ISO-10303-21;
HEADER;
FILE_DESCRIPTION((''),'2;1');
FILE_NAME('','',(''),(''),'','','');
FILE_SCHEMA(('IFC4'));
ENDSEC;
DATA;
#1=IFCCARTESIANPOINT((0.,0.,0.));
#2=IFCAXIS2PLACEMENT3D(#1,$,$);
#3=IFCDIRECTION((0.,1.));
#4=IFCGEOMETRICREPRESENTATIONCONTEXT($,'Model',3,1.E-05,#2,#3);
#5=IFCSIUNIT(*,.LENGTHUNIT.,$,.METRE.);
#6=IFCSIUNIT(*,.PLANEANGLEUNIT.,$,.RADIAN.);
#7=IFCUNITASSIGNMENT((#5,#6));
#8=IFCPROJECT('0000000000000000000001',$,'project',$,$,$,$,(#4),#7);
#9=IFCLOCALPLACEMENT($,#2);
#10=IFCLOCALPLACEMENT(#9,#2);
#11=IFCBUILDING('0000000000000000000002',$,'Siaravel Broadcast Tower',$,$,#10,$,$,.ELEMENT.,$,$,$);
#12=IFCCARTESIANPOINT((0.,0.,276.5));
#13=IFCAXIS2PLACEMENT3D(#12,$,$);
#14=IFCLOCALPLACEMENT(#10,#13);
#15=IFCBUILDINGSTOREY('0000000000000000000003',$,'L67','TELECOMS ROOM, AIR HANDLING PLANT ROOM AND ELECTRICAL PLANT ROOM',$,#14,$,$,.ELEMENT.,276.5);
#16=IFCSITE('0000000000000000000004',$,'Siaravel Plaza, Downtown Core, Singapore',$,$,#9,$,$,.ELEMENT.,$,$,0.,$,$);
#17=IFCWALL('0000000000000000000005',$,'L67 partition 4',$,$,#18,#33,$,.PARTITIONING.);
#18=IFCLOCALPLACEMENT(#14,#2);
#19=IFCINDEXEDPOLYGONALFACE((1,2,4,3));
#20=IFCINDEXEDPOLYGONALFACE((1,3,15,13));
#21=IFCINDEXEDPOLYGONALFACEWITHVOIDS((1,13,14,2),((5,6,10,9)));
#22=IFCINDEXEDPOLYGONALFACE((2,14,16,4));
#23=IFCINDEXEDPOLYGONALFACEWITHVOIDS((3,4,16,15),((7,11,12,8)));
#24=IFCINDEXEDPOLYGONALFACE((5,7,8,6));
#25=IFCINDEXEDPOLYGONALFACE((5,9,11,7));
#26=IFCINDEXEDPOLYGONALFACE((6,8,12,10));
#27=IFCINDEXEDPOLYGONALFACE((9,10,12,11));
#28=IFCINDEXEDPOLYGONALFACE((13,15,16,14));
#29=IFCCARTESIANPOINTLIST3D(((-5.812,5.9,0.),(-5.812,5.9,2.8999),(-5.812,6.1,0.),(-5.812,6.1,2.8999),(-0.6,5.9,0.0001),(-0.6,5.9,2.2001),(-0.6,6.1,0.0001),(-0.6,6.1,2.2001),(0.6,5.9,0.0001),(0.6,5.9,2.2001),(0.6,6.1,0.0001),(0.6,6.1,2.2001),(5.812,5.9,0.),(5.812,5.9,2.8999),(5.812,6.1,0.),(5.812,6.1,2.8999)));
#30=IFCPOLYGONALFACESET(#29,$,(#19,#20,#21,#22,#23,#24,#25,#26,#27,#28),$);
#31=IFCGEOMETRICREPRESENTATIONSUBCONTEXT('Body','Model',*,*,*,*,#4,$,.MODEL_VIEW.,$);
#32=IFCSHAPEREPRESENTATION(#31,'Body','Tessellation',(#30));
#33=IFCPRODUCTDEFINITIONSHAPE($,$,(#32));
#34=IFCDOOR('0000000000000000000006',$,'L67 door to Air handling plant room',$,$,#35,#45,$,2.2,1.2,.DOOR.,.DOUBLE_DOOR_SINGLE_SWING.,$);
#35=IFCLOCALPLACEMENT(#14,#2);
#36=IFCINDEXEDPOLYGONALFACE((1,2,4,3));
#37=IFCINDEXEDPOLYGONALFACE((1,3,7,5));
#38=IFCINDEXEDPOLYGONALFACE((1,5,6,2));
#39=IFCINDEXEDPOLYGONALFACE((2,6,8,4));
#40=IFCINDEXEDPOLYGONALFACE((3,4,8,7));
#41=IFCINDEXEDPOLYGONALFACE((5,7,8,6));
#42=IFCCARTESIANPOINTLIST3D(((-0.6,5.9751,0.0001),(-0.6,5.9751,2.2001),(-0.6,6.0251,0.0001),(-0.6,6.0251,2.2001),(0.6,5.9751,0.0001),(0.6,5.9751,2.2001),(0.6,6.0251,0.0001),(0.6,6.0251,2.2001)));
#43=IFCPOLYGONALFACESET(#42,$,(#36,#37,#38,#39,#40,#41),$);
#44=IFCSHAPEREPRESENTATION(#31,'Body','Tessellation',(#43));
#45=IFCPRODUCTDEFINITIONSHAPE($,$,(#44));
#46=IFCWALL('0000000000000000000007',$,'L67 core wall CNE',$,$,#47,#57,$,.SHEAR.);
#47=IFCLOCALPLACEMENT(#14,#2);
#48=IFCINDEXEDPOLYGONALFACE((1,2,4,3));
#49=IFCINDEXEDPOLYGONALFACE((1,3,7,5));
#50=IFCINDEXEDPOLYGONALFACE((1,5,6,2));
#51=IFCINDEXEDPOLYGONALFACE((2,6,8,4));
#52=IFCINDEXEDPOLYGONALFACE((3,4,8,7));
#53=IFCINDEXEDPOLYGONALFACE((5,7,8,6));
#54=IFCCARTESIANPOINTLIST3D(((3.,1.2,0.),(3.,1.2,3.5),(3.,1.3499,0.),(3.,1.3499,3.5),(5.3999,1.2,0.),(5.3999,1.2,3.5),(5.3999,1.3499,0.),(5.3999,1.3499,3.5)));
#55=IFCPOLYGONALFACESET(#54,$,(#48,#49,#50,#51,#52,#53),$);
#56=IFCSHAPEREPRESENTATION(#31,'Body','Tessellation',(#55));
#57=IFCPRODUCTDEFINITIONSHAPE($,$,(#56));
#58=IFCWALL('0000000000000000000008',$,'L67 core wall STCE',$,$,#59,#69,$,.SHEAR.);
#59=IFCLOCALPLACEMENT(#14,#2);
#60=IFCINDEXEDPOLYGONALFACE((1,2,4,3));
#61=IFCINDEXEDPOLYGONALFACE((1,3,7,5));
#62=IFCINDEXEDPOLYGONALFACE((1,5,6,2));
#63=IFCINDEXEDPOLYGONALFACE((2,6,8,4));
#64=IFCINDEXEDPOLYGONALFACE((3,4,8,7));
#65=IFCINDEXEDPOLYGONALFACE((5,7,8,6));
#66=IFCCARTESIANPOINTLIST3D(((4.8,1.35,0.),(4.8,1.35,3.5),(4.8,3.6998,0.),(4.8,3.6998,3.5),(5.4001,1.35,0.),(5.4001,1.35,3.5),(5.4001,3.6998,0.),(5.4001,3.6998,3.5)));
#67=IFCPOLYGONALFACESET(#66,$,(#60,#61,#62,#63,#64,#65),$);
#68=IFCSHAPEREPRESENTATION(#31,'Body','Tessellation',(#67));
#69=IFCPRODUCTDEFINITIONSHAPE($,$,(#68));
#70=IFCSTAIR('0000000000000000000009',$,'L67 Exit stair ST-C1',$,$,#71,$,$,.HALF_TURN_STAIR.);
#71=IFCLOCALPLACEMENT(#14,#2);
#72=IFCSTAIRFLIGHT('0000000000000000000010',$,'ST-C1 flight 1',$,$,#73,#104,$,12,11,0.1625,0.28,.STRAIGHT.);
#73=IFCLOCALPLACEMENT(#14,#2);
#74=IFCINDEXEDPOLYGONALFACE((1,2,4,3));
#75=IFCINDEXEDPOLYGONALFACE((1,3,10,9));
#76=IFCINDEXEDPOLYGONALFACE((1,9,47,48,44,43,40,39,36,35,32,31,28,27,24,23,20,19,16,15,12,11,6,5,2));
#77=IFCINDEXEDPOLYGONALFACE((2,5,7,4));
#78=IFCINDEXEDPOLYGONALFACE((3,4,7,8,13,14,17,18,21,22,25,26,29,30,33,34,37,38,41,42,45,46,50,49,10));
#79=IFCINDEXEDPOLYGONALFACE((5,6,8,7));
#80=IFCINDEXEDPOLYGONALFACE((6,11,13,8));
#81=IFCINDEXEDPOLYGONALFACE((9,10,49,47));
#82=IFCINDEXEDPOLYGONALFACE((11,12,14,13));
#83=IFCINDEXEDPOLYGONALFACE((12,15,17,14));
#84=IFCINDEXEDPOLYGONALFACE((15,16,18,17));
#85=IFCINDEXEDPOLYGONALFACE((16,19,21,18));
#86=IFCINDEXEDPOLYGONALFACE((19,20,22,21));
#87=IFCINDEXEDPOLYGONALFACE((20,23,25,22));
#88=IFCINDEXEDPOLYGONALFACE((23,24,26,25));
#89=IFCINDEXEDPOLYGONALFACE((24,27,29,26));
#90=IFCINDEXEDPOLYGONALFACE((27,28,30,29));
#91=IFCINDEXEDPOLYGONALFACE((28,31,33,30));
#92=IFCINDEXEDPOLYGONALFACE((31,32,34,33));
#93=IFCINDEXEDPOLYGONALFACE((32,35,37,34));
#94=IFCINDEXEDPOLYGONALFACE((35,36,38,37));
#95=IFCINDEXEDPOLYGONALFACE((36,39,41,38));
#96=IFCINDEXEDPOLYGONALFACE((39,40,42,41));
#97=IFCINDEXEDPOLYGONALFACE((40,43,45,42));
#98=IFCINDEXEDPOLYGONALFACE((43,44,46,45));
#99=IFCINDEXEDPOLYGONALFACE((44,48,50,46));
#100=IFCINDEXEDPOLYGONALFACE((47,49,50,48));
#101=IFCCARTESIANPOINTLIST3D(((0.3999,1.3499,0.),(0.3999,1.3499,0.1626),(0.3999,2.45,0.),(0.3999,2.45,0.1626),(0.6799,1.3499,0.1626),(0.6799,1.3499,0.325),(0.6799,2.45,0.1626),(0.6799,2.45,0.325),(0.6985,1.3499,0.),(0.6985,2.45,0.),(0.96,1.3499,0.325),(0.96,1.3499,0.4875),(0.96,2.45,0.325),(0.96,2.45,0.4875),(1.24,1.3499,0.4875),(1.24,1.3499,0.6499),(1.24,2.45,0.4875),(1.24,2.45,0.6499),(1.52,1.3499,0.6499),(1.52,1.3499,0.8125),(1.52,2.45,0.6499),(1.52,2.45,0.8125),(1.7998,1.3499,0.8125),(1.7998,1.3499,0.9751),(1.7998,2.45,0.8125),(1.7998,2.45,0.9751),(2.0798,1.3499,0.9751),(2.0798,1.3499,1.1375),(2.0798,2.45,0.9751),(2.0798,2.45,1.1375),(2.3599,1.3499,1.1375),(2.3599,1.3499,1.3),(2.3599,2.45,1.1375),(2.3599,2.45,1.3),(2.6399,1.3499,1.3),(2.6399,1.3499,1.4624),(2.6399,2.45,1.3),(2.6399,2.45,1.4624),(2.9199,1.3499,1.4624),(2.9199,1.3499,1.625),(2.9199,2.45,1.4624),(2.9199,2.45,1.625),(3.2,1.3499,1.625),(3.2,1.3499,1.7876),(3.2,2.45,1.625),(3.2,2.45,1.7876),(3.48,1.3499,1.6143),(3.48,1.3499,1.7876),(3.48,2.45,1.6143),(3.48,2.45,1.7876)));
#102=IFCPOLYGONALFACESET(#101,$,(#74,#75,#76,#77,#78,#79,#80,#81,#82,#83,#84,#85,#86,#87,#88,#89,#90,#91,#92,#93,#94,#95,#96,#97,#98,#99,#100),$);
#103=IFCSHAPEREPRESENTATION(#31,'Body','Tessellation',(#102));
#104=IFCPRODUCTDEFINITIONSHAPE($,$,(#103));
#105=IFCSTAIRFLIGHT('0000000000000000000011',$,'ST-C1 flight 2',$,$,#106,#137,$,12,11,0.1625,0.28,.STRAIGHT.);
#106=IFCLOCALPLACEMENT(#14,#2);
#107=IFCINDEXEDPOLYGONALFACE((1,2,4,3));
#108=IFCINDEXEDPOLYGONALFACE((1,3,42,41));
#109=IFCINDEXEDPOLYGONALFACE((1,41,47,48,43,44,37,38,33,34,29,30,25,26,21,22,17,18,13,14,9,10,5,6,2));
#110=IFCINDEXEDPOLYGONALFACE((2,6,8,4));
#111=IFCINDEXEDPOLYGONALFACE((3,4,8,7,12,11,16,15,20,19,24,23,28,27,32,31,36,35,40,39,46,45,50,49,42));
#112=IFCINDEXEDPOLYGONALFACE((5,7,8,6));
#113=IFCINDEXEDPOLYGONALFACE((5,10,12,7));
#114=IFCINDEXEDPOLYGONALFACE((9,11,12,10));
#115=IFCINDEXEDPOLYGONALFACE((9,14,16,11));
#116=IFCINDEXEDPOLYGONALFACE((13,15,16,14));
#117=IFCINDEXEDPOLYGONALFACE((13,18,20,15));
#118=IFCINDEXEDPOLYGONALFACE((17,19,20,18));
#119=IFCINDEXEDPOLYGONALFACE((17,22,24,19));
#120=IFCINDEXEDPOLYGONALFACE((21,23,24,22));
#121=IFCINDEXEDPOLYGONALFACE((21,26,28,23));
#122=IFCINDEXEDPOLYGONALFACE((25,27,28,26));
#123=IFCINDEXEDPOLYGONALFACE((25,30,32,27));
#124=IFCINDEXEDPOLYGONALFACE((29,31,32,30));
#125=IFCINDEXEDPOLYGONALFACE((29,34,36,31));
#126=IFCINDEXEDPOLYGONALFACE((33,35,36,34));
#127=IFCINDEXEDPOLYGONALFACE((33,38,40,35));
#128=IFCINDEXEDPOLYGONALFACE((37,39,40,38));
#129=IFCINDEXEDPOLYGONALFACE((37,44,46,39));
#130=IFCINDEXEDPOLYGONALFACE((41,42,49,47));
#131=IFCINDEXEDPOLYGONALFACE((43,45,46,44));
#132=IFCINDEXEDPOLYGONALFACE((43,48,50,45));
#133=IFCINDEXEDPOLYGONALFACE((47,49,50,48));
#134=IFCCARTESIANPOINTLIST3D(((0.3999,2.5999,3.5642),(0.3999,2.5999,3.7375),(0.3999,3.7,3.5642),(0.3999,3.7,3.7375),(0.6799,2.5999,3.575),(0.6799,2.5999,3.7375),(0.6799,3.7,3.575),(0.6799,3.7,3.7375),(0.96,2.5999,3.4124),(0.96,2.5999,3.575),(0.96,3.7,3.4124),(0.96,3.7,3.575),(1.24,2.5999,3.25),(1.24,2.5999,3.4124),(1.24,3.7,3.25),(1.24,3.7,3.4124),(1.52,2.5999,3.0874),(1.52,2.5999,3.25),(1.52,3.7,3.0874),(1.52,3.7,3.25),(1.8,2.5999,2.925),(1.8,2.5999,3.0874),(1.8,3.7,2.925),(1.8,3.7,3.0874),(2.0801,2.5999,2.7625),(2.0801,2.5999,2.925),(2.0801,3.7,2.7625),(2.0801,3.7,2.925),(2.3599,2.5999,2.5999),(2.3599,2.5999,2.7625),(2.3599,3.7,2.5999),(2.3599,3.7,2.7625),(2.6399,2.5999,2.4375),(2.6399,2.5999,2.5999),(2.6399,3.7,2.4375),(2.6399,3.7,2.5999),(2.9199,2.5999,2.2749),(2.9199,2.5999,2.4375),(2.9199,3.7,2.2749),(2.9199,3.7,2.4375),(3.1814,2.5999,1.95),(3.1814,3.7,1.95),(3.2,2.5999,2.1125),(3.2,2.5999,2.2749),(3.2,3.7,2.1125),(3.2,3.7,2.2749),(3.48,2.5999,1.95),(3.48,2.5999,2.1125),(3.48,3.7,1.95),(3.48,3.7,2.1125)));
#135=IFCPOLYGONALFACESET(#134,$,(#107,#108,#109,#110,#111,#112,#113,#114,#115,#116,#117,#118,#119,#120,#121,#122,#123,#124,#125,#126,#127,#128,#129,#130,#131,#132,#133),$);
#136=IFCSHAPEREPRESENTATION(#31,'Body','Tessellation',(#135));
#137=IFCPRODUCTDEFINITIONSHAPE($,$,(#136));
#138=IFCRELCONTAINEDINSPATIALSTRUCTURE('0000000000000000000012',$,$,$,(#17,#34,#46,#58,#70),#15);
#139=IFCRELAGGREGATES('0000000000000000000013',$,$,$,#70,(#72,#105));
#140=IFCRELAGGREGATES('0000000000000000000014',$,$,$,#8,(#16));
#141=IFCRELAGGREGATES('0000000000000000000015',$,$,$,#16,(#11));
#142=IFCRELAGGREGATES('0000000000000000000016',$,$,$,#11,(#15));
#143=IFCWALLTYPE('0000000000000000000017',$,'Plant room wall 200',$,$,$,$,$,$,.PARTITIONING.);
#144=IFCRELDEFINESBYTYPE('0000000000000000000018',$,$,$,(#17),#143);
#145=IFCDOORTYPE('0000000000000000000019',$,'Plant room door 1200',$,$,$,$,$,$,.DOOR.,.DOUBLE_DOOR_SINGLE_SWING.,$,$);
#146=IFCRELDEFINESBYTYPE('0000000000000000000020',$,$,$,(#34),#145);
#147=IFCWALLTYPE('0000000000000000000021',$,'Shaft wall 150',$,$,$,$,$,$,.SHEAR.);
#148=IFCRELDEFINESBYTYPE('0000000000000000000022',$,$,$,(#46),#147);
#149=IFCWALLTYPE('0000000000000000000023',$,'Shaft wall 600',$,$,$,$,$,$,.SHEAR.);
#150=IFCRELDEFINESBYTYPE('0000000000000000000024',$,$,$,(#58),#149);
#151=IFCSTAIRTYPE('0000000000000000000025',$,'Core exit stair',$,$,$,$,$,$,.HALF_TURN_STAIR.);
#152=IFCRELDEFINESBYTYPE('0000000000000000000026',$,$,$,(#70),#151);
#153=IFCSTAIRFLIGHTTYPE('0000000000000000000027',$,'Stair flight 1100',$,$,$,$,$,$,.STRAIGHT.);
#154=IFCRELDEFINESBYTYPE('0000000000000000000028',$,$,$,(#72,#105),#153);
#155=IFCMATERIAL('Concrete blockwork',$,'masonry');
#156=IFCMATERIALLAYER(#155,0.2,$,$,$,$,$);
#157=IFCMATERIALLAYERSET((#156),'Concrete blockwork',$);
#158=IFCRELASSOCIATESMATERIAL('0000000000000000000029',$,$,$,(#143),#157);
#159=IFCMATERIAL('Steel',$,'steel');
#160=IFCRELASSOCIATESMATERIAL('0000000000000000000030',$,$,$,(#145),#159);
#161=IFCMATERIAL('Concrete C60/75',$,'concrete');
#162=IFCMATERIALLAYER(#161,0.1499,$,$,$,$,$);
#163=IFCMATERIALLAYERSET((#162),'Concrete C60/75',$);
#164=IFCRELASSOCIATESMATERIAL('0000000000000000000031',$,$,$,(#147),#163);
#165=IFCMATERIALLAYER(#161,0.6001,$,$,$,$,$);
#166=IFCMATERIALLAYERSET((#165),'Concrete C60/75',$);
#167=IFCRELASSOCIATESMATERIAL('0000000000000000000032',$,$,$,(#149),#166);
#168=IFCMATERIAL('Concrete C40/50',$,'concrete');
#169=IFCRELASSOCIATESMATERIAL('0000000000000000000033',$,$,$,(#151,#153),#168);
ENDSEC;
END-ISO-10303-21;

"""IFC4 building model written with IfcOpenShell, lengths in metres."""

from ifc_helpers import new_model, si_unit, direction, frame, frame_2d, origin, place, context, subcontext, project, spatial, polyline, rectangle, outline, extrude, material, layer, layer_set, type_object, element, fill, aggregate, save


model = new_model("IFC4")

# Units and contexts
model_context = context("Model", 3, precision=1e-05, world=origin(), true_north=direction((0.0, 1.0)))
body_context = subcontext(model_context, "Body", "Model", "MODEL_VIEW")
ifc_project = project(units=[si_unit("LENGTHUNIT", "METRE"), si_unit("PLANEANGLEUNIT", "RADIAN")], contexts=[model_context])

# Site, building, storey
site_placement = place(None, origin())
site = spatial("IfcSite", under=ifc_project, at=site_placement, Name="Siaravel Plaza, Downtown Core, Singapore", CompositionType="ELEMENT", RefElevation=0.0)
building_placement = place(site_placement, origin())
building = spatial("IfcBuilding", under=site, at=building_placement, Name="Siaravel Broadcast Tower", CompositionType="ELEMENT")
storey_placement = place(building_placement, frame((0.0, 0.0, 276.5)))
storey = spatial("IfcBuildingStorey", under=building, at=storey_placement, Name="L67", Description="TELECOMS ROOM, AIR HANDLING PLANT ROOM AND ELECTRICAL PLANT ROOM", CompositionType="ELEMENT", Elevation=276.5)

# Wall, opening, door
ifc_material_1 = material(Name="Concrete blockwork", Category="masonry")
ifc_layer_1 = layer(ifc_material_1, 0.2)
ifc_layer_set_1 = layer_set([ifc_layer_1], Name="Concrete blockwork")
wall_type_1 = type_object("IfcWallType", Name="Plant room wall 200", PredefinedType="PARTITIONING", material=ifc_layer_set_1)
wall_1_placement = place(storey_placement, frame((5.812, 6.0, 0.0), z_axis=(0.0, 0.0, 1.0), x_axis=(-1.0, 0.0, 0.0)))
wall_1 = element("IfcWall", 1, at=wall_1_placement, inside=storey, type_object=wall_type_1, Name="L67 partition 4", PredefinedType="PARTITIONING", context=body_context, shape_type="SweptSolid", body=[
    extrude(rectangle(XDim=11.624, YDim=0.2, at=frame_2d((5.812, 0.0))), origin(), (0.0, 0.0, 1.0), 2.8999),
])
opening_placement = place(wall_1_placement, frame((5.2119, 0.0, 0.0)))
opening = element("IfcOpeningElement", 2, at=opening_placement, cuts=wall_1, PredefinedType="OPENING", context=body_context, shape_type="SweptSolid", body=[
    extrude(rectangle(XDim=1.2, YDim=2.2, at=frame_2d((0.6001, 1.1001))), frame((0.0, 0.1099, 0.0), z_axis=(0.0, -1.0, 0.0), x_axis=(1.0, 0.0, 0.0)), (0.0, 0.0, 1.0), 0.22),
])
ifc_material_2 = material(Name="Steel", Category="steel")
door_type = type_object("IfcDoorType", Name="Plant room door 1200", OperationType="DOUBLE_DOOR_SINGLE_SWING", PredefinedType="DOOR", material=ifc_material_2)
door_placement = place(opening_placement, origin())
door = element("IfcDoor", 3, at=door_placement, inside=storey, type_object=door_type, Name="L67 door to Air handling plant room", OperationType="DOUBLE_DOOR_SINGLE_SWING", OverallHeight=2.2, OverallWidth=1.2, PredefinedType="DOOR", context=body_context, shape_type="SweptSolid", body=[
    extrude(rectangle(XDim=1.2, YDim=2.2, at=frame_2d((0.6001, 1.1001))), frame((0.0, 0.0249, 0.0), z_axis=(0.0, -1.0, 0.0), x_axis=(1.0, 0.0, 0.0)), (0.0, 0.0, 1.0), 0.05),
])
fill(opening, door)

# Walls
ifc_material_3 = material(Name="Concrete C60/75", Category="concrete")
ifc_layer_2 = layer(ifc_material_3, 0.1499)
ifc_layer_set_2 = layer_set([ifc_layer_2], Name="Concrete C60/75")
wall_type_2 = type_object("IfcWallType", Name="Shaft wall 150", PredefinedType="SHEAR", material=ifc_layer_set_2)
wall_2_placement = place(storey_placement, frame((3.0, 1.2749, 0.0), z_axis=(0.0, 0.0, 1.0), x_axis=(1.0, 0.0, 0.0)))
element("IfcWall", 4, at=wall_2_placement, inside=storey, type_object=wall_type_2, Name="L67 core wall CNE", PredefinedType="SHEAR", context=body_context, shape_type="SweptSolid", body=[
    extrude(rectangle(XDim=2.3999, YDim=0.1499, at=frame_2d((1.2, 0.0))), origin(), (0.0, 0.0, 1.0), 3.5),
])
ifc_layer_3 = layer(ifc_material_3, 0.6001)
ifc_layer_set_3 = layer_set([ifc_layer_3], Name="Concrete C60/75")
wall_type_3 = type_object("IfcWallType", Name="Shaft wall 600", PredefinedType="SHEAR", material=ifc_layer_set_3)
wall_3_placement = place(storey_placement, frame((5.1001, 1.3501, 0.0), z_axis=(0.0, 0.0, 1.0), x_axis=(0.0, 1.0, 0.0)))
element("IfcWall", 5, at=wall_3_placement, inside=storey, type_object=wall_type_3, Name="L67 core wall STCE", PredefinedType="SHEAR", context=body_context, shape_type="SweptSolid", body=[
    extrude(rectangle(XDim=2.3499, YDim=0.6001, at=frame_2d((1.1748, 0.0))), origin(), (0.0, 0.0, 1.0), 3.5),
])

# Stair, stair flights
ifc_material_4 = material(Name="Concrete C40/50", Category="concrete")
stair_type = type_object("IfcStairType", Name="Core exit stair", PredefinedType="HALF_TURN_STAIR", material=ifc_material_4)
stair_placement = place(storey_placement, origin())
stair = element("IfcStair", 6, at=stair_placement, inside=storey, type_object=stair_type, Name="L67 Exit stair ST-C1", PredefinedType="HALF_TURN_STAIR")
stair_flight_type = type_object("IfcStairFlightType", Name="Stair flight 1100", PredefinedType="STRAIGHT", material=ifc_material_4)
stair_flight_1_placement = place(storey_placement, frame((0.3999, 1.8999, 0.0), z_axis=(0.0, 0.0, 1.0), x_axis=(1.0, 0.0, 0.0)))
stair_flight_1 = element("IfcStairFlight", 7, at=stair_flight_1_placement, type_object=stair_flight_type, Name="ST-C1 flight 1", NumberOfRisers=12, NumberOfTreads=11, PredefinedType="STRAIGHT", RiserHeight=0.1625, TreadLength=0.28, context=body_context, shape_type="SweptSolid", body=[
    extrude(outline(polyline([(0.0, 0.0), (0.0, 0.1626), (0.28, 0.1626), (0.28, 0.325), (0.5601, 0.325), (0.5601, 0.4875), (0.8401, 0.4875), (0.8401, 0.6499), (1.1201, 0.6499), (1.1201, 0.8125), (1.3999, 0.8125), (1.3999, 0.9751), (1.6799, 0.9751), (1.6799, 1.1375), (1.96, 1.1375), (1.96, 1.3), (2.24, 1.3), (2.24, 1.4624), (2.52, 1.4624), (2.52, 1.625), (2.8, 1.625), (2.8, 1.7876), (3.0801, 1.7876), (3.0801, 1.95), (3.0801, 1.6143), (0.2986, 0.0), (0.0, 0.0)])), frame((0.0, 0.55, 0.0), z_axis=(0.0, -1.0, 0.0), x_axis=(1.0, 0.0, 0.0)), (0.0, 0.0, 1.0), 1.1001),
])
stair_flight_2_placement = place(storey_placement, frame((3.48, 3.1499, 1.95), z_axis=(0.0, 0.0, 1.0), x_axis=(-1.0, 0.0, 0.0)))
stair_flight_2 = element("IfcStairFlight", 8, at=stair_flight_2_placement, type_object=stair_flight_type, Name="ST-C1 flight 2", NumberOfRisers=12, NumberOfTreads=11, PredefinedType="STRAIGHT", RiserHeight=0.1625, TreadLength=0.28, context=body_context, shape_type="SweptSolid", body=[
    extrude(outline(polyline([(0.0, 0.0), (0.0, 0.1626), (0.28, 0.1626), (0.28, 0.325), (0.5601, 0.325), (0.5601, 0.4875), (0.8401, 0.4875), (0.8401, 0.6499), (1.1201, 0.6499), (1.1201, 0.8125), (1.3999, 0.8125), (1.3999, 0.9751), (1.6799, 0.9751), (1.6799, 1.1375), (1.96, 1.1375), (1.96, 1.3), (2.24, 1.3), (2.24, 1.4624), (2.52, 1.4624), (2.52, 1.625), (2.8, 1.625), (2.8, 1.7876), (3.0801, 1.7876), (3.0801, 1.95), (3.0801, 1.6143), (0.2986, 0.0), (0.0, 0.0)])), frame((0.0, 0.55, 0.0), z_axis=(0.0, -1.0, 0.0), x_axis=(1.0, 0.0, 0.0)), (0.0, 0.0, 1.0), 1.1001),
])
aggregate(stair, [stair_flight_1, stair_flight_2])

save(model, "model.ifc")
